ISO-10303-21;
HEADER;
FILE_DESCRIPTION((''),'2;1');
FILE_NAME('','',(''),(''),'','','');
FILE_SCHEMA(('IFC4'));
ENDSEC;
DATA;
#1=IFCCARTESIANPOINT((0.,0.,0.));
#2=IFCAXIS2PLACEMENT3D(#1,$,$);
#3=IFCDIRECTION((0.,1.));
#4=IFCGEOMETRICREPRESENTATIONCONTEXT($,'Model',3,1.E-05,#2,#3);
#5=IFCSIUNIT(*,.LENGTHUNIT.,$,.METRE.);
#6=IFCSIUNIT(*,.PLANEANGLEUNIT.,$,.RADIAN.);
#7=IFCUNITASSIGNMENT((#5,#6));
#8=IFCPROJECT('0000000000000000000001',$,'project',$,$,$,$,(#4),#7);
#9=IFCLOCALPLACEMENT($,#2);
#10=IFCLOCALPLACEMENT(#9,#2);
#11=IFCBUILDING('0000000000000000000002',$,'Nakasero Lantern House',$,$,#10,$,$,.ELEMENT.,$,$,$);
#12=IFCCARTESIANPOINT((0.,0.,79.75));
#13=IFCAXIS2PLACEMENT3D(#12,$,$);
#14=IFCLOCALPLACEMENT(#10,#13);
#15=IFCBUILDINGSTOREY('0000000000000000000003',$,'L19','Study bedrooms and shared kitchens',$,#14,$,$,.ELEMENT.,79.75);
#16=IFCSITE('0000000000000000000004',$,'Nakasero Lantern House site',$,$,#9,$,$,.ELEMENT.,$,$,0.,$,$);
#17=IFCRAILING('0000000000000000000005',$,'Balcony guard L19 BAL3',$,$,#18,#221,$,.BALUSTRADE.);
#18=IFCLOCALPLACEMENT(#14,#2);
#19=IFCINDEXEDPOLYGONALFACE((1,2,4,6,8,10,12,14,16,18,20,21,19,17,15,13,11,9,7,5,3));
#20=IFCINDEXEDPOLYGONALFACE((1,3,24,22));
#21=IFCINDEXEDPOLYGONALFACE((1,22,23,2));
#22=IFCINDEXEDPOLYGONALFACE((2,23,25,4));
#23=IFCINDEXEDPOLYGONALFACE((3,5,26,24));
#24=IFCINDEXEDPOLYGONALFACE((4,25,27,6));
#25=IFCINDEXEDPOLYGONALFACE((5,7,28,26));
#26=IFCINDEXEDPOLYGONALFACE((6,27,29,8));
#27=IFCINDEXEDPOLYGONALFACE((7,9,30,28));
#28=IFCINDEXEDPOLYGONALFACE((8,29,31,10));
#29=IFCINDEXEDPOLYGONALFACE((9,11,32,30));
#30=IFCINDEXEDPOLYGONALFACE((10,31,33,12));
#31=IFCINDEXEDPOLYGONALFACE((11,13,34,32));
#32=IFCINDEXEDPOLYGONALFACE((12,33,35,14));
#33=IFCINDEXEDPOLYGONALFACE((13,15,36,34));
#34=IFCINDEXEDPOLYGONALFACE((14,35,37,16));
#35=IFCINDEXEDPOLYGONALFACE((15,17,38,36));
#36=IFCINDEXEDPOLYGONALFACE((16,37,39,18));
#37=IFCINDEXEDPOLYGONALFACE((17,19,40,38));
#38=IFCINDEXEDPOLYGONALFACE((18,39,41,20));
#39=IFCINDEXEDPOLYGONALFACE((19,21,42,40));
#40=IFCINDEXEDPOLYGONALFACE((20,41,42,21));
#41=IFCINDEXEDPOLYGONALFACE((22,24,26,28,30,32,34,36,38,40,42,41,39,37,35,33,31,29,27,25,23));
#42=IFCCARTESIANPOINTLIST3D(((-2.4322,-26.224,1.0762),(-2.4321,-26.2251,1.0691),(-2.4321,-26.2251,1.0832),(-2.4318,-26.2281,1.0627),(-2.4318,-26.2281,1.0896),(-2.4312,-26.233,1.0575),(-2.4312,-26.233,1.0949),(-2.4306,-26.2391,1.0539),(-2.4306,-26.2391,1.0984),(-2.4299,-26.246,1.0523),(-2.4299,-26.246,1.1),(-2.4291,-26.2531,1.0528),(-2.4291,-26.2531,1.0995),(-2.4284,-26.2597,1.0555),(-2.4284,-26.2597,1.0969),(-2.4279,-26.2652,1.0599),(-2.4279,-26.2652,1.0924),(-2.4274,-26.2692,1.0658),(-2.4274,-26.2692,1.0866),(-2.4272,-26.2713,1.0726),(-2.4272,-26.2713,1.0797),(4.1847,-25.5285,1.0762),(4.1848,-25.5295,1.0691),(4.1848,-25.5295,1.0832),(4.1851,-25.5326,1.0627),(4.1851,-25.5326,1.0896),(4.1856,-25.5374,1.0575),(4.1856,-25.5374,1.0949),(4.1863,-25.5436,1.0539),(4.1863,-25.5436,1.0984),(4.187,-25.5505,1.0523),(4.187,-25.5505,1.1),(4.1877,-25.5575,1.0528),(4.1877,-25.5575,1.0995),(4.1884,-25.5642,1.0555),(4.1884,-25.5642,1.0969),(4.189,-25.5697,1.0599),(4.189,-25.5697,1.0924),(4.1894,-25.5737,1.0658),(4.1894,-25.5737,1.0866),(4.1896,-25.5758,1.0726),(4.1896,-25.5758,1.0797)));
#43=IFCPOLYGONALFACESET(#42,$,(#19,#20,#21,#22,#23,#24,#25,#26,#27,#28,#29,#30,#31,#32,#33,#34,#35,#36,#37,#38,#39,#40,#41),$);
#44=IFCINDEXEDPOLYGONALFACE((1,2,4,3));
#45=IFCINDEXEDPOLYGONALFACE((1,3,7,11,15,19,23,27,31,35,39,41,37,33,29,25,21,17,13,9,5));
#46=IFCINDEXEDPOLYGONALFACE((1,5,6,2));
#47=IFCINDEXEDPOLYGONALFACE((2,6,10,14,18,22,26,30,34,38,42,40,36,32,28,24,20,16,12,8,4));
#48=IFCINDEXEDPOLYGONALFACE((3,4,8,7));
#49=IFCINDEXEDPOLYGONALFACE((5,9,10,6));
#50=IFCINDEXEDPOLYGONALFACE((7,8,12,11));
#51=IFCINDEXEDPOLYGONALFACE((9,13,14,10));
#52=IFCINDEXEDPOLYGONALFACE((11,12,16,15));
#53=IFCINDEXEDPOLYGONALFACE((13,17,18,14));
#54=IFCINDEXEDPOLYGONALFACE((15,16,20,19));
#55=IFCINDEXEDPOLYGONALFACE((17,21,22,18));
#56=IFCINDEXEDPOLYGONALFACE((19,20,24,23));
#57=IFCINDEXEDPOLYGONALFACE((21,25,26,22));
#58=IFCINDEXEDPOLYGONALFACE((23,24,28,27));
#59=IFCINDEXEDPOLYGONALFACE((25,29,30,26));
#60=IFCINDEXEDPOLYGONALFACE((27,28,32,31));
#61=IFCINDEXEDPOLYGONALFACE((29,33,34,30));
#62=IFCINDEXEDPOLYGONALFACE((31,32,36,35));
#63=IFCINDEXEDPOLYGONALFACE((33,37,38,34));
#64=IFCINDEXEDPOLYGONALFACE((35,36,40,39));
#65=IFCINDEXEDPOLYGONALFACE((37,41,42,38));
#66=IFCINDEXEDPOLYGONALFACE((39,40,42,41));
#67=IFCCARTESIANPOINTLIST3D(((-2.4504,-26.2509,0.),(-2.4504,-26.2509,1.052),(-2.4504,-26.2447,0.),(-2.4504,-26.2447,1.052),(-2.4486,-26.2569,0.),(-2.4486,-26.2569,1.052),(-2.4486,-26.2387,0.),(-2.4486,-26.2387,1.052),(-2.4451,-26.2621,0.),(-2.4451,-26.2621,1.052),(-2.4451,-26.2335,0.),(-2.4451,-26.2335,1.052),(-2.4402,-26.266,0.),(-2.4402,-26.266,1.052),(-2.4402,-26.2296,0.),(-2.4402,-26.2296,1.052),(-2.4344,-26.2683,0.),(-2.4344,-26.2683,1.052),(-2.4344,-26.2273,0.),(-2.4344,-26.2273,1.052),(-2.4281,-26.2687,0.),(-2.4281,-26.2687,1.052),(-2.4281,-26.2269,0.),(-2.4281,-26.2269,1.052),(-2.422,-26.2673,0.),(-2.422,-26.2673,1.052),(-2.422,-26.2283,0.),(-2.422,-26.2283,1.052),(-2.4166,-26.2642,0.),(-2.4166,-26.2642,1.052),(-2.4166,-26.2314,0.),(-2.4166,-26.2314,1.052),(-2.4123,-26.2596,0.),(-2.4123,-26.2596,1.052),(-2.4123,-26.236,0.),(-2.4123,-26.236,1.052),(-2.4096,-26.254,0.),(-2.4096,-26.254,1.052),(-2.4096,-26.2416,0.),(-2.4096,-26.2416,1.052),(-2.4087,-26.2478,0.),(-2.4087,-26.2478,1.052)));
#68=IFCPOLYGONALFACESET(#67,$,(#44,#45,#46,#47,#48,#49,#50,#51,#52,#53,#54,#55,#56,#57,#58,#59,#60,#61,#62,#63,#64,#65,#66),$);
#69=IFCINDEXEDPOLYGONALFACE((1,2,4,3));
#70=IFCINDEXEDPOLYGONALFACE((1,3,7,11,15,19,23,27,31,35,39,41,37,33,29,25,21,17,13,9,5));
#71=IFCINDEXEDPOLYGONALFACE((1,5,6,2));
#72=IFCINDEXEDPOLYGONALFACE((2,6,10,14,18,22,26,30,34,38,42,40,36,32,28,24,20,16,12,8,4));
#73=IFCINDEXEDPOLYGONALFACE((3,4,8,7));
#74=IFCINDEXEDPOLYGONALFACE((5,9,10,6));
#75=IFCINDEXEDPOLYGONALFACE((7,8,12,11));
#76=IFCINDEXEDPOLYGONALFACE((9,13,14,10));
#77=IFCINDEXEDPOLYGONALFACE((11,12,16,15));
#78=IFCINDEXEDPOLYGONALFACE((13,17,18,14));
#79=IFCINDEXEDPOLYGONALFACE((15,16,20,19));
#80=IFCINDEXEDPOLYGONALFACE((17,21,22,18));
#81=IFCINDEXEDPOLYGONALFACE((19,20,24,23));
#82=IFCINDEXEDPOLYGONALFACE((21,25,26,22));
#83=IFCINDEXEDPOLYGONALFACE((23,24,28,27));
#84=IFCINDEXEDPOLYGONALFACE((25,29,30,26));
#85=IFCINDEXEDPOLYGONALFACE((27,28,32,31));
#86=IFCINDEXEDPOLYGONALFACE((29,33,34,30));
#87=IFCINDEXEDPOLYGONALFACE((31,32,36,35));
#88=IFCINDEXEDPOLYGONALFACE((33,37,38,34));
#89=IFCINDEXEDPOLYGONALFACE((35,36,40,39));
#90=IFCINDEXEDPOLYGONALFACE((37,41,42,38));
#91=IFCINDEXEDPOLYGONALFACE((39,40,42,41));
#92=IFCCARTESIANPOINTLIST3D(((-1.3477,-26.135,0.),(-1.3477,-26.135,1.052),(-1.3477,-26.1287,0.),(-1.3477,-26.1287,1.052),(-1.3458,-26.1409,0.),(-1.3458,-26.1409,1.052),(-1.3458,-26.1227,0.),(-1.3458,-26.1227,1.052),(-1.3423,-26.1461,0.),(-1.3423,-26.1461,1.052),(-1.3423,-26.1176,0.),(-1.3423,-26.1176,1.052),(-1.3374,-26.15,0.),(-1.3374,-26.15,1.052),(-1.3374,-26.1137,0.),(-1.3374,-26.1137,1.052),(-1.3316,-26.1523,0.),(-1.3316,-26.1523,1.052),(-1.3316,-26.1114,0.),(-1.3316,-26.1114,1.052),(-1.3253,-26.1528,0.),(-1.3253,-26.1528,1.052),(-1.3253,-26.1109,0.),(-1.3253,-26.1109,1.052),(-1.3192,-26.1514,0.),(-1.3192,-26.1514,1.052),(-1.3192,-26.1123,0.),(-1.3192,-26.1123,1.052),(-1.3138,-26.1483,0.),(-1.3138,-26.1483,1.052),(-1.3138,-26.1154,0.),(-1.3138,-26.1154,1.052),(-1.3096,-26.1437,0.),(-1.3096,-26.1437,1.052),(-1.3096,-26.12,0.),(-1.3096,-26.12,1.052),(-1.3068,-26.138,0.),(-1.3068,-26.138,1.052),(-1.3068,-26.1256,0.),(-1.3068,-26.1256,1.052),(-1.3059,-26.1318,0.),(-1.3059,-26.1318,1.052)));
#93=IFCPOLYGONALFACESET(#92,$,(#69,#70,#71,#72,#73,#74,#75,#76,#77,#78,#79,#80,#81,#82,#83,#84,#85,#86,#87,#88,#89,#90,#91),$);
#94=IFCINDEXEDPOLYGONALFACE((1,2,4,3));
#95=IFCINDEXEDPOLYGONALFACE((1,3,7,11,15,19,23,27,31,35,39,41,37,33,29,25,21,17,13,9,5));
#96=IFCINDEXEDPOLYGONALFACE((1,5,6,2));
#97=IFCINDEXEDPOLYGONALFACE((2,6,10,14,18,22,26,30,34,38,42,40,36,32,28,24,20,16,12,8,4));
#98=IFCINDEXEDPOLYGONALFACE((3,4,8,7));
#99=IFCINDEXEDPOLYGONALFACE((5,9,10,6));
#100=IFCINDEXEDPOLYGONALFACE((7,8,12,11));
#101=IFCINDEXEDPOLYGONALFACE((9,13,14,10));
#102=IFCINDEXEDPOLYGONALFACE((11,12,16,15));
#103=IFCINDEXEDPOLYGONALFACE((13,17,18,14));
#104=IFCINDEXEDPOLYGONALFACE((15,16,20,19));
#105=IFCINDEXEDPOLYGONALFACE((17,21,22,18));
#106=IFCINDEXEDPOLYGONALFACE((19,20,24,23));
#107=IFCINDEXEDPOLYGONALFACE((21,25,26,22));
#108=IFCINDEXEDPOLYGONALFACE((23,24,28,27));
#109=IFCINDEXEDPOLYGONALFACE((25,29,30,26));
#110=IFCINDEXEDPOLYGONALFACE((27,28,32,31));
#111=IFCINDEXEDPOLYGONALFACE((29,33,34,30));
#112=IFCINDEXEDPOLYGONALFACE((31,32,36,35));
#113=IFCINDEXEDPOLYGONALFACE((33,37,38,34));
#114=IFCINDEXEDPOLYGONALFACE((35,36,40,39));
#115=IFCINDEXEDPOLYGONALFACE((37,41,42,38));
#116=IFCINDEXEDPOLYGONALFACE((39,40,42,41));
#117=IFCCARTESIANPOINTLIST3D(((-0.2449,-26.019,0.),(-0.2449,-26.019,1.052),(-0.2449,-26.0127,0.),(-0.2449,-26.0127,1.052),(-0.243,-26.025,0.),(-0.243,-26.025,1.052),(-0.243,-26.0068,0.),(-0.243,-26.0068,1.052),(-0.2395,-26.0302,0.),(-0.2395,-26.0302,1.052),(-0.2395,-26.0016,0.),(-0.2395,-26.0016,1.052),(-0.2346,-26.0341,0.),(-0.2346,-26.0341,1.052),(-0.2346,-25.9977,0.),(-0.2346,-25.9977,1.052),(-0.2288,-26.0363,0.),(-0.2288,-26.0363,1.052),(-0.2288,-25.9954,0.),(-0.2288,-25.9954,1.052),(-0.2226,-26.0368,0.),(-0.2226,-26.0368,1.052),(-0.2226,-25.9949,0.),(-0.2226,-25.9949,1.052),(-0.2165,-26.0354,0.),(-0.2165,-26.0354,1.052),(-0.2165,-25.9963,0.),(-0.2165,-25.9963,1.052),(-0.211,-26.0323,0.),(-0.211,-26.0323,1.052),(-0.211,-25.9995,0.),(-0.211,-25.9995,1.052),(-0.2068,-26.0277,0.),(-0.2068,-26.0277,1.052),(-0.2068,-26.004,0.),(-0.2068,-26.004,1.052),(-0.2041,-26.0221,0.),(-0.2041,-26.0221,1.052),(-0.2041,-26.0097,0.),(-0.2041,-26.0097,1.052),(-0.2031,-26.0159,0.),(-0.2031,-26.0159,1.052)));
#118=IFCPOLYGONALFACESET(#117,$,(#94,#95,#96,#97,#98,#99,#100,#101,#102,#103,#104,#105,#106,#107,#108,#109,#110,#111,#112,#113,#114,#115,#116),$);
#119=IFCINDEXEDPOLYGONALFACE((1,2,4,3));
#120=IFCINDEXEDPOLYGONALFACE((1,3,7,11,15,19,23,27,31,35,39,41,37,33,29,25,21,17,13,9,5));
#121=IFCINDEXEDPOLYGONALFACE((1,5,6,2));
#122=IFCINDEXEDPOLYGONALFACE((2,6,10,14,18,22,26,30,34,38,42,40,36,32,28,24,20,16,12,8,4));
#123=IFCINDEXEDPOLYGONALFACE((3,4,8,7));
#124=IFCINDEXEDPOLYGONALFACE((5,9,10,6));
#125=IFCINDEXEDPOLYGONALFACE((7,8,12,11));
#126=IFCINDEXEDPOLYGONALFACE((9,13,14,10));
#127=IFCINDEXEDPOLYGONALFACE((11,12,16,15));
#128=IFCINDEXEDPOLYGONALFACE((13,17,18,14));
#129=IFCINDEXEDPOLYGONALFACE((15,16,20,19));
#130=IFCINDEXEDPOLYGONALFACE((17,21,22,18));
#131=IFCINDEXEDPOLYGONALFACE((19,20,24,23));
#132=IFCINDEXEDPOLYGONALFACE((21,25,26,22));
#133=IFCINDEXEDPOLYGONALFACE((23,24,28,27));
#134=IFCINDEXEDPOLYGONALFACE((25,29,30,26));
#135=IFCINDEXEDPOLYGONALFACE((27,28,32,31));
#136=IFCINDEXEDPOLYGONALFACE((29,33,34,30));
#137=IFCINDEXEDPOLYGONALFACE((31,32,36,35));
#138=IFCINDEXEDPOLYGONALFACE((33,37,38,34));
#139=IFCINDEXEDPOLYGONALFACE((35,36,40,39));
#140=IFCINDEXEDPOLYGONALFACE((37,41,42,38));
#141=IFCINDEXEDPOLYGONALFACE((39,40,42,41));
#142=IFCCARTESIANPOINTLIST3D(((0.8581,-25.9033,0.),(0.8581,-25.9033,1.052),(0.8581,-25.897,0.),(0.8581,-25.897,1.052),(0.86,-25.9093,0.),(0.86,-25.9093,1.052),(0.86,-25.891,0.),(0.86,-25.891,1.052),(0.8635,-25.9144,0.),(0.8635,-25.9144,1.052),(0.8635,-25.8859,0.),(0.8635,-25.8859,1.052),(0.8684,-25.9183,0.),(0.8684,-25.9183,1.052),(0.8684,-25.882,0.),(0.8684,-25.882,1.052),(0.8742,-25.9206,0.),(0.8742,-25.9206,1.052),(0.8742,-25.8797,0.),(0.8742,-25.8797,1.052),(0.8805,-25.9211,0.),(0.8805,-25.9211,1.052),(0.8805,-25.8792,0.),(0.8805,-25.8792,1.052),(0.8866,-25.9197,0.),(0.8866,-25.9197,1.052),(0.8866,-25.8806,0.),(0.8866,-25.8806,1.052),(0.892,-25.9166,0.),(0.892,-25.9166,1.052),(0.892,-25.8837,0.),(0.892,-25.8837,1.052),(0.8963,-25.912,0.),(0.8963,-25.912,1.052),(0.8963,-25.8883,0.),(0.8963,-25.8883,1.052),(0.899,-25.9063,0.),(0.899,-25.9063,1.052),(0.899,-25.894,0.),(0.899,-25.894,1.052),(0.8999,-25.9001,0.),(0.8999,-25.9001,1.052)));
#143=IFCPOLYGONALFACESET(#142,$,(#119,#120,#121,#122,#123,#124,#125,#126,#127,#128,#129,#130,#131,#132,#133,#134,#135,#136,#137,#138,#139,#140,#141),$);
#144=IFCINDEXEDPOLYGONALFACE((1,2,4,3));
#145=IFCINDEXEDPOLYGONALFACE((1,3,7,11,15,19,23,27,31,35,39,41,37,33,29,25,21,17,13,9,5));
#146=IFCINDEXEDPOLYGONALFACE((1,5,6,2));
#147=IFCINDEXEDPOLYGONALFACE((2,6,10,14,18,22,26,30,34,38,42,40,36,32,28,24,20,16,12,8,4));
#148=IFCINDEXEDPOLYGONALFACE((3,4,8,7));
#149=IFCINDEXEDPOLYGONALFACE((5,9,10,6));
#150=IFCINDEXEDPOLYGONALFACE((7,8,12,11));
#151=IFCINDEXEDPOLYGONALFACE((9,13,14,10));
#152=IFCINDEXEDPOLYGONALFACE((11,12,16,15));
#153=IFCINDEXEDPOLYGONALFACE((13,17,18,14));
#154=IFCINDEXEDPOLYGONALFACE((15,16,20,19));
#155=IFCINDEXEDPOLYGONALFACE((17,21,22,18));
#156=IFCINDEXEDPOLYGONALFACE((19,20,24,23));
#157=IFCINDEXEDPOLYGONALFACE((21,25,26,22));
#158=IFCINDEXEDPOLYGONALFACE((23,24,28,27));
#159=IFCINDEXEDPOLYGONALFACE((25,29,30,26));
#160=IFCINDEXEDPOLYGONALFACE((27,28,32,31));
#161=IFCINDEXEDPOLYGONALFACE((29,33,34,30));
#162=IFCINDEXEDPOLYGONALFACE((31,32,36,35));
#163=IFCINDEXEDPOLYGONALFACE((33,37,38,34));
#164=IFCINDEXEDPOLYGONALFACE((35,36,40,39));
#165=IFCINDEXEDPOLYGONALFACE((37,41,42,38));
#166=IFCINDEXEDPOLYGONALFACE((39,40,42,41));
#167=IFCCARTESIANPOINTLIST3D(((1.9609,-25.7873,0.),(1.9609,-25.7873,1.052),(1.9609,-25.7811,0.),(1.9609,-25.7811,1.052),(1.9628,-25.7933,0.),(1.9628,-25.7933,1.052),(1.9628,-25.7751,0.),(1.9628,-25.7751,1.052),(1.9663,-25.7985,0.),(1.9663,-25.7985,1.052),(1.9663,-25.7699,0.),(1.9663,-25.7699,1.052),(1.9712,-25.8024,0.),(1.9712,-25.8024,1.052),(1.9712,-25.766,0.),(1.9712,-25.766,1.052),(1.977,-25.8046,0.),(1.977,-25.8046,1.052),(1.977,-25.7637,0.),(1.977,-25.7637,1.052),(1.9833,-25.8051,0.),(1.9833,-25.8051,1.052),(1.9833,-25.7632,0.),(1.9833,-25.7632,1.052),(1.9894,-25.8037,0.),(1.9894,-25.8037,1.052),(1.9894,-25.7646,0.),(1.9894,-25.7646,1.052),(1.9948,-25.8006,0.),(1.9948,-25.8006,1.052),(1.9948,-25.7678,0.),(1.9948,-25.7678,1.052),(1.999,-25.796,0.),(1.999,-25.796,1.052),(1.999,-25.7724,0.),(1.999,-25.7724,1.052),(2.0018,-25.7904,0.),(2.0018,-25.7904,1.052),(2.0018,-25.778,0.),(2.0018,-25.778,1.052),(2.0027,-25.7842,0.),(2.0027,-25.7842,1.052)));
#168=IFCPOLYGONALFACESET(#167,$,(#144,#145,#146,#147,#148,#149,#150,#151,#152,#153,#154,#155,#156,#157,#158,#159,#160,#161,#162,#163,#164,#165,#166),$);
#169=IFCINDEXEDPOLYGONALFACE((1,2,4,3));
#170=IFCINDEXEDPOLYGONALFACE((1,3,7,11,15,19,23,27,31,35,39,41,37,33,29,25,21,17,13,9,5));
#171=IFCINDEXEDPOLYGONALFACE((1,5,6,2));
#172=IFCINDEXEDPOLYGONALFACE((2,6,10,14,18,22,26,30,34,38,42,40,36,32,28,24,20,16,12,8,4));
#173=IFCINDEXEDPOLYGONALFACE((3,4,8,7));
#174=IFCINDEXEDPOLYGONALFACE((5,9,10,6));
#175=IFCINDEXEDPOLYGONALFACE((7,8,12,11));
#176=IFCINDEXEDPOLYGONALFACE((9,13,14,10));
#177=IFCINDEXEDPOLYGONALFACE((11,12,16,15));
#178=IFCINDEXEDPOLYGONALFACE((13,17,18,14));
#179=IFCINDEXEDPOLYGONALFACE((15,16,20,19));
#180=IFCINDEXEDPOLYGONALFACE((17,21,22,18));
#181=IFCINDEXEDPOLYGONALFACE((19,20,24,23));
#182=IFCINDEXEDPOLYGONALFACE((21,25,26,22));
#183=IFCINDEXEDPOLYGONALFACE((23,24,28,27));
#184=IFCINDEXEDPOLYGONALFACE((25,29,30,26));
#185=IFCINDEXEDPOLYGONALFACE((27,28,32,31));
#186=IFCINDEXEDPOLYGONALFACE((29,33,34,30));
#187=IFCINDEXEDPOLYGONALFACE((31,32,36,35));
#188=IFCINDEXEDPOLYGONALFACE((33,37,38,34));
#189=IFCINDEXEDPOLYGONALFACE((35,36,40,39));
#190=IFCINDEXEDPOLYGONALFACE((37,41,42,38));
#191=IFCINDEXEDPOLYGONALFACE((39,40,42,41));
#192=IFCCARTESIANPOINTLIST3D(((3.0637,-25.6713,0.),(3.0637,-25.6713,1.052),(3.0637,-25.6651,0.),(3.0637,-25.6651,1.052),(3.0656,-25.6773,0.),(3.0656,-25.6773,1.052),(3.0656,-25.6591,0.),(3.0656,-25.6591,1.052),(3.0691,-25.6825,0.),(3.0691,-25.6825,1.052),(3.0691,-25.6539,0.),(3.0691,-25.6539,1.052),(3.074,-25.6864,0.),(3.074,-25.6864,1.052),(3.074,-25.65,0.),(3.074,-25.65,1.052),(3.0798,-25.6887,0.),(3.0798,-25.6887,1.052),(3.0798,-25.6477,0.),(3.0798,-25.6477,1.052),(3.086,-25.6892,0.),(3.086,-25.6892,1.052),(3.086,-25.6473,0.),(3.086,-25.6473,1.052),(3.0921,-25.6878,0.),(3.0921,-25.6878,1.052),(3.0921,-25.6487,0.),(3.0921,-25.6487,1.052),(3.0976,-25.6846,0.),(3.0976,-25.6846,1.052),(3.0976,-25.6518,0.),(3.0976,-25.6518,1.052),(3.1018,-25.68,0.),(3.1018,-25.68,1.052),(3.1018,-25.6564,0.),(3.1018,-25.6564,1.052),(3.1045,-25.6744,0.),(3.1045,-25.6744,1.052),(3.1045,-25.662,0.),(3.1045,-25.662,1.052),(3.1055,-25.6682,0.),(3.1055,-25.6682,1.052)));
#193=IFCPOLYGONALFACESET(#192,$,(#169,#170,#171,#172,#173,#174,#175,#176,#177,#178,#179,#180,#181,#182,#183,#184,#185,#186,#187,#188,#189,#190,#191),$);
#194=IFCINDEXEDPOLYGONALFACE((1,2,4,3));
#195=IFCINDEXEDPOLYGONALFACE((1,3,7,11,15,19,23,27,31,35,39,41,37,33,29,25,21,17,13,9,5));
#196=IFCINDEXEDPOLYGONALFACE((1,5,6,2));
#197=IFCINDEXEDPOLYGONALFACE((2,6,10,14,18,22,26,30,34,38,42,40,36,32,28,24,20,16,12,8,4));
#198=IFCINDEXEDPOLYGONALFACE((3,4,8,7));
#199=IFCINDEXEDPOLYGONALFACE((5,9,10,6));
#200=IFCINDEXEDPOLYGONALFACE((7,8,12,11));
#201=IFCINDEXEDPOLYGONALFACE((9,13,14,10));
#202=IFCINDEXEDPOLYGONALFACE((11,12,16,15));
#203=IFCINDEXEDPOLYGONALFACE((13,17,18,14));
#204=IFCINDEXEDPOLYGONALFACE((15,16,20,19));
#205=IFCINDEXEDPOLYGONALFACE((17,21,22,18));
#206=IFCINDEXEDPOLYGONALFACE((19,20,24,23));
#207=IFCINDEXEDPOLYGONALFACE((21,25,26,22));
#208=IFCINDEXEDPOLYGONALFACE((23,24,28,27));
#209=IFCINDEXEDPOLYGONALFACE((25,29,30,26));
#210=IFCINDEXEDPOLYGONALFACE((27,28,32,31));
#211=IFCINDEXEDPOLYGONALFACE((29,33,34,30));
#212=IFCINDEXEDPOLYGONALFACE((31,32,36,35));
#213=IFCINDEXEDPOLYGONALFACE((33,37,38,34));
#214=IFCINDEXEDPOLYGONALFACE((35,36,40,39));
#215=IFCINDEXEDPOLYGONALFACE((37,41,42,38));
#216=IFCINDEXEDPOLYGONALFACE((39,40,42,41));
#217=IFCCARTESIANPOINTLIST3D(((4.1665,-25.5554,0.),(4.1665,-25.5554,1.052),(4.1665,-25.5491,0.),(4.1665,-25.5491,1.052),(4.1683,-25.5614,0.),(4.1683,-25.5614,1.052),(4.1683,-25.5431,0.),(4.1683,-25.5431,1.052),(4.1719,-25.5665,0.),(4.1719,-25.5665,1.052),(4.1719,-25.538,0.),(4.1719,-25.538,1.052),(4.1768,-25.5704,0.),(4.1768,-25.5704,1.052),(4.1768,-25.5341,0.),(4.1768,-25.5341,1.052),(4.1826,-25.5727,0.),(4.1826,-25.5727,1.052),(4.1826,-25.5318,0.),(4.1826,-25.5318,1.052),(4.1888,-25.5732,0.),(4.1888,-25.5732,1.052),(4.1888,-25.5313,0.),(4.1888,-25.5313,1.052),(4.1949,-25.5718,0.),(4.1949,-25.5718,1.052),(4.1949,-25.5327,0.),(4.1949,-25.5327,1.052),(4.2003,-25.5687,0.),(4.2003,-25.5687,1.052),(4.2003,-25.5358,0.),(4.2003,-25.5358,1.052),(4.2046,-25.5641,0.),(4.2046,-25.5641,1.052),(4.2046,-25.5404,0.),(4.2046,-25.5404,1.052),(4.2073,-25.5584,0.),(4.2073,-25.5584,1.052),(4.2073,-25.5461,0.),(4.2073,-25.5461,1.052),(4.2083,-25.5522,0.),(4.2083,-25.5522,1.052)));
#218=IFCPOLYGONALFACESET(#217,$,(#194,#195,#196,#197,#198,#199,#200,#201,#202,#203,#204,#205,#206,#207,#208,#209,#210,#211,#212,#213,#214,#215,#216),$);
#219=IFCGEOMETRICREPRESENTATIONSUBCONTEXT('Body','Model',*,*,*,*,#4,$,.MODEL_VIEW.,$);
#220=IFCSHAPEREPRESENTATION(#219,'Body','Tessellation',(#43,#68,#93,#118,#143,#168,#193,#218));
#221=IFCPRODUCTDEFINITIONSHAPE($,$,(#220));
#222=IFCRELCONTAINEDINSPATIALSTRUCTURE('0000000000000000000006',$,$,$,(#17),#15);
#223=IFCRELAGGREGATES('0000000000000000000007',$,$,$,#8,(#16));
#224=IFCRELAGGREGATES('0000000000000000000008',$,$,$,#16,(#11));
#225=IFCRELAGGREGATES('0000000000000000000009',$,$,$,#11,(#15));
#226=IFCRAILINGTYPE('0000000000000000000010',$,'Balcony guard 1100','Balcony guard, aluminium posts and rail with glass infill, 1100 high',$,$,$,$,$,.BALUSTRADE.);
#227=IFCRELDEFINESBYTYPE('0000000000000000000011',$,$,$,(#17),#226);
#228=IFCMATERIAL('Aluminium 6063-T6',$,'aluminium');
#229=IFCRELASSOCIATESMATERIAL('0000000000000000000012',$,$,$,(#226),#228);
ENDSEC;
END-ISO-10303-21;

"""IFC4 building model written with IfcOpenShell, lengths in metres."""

from ifc_helpers import new_model, si_unit, direction, frame, origin, origin_2d, place, context, subcontext, project, spatial, circle, extrude, material, type_object, element, save


model = new_model("IFC4")

# Units and contexts
model_context = context("Model", 3, precision=1e-05, world=origin(), true_north=direction((0.0, 1.0)))
body_context = subcontext(model_context, "Body", "Model", "MODEL_VIEW")
ifc_project = project(units=[si_unit("LENGTHUNIT", "METRE"), si_unit("PLANEANGLEUNIT", "RADIAN")], contexts=[model_context])

# Site, building, storey
site_placement = place(None, origin())
site = spatial("IfcSite", under=ifc_project, at=site_placement, Name="Nakasero Lantern House site", CompositionType="ELEMENT", RefElevation=0.0)
building_placement = place(site_placement, origin())
building = spatial("IfcBuilding", under=site, at=building_placement, Name="Nakasero Lantern House", CompositionType="ELEMENT")
storey_placement = place(building_placement, frame((0.0, 0.0, 79.75)))
storey = spatial("IfcBuildingStorey", under=building, at=storey_placement, Name="L19", Description="Study bedrooms and shared kitchens", CompositionType="ELEMENT", Elevation=79.75)

# Railing
ifc_material_1 = material(Name="Aluminium 6063-T6", Category="aluminium")
railing_type = type_object("IfcRailingType", Name="Balcony guard 1100", Description="Balcony guard, aluminium posts and rail with glass infill, 1100 high", PredefinedType="BALUSTRADE", material=ifc_material_1)
railing_placement = place(storey_placement, frame((-2.4297, -26.2478, 0.0)))
element("IfcRailing", 1, at=railing_placement, inside=storey, type_object=railing_type, Name="Balcony guard L19 BAL3", PredefinedType="BALUSTRADE", context=body_context, shape_type="SweptSolid", body=[
    extrude(circle(Radius=0.0239, at=origin_2d()), frame((0.0, 0.0, 1.0762), z_axis=(0.994521, 0.104542, 0.0), x_axis=(-0.104542, 0.994521, 0.0)), (0.0, 0.0, 1.0), 6.6533),
    extrude(circle(Radius=0.021, at=origin_2d()), origin(), (0.0, 0.0, 1.0), 1.052),
    extrude(circle(Radius=0.021, at=origin_2d()), frame((1.1028, 0.116, 0.0)), (0.0, 0.0, 1.0), 1.052),
    extrude(circle(Radius=0.021, at=origin_2d()), frame((2.2056, 0.2319, 0.0)), (0.0, 0.0, 1.0), 1.052),
    extrude(circle(Radius=0.021, at=origin_2d()), frame((3.3086, 0.3477, 0.0)), (0.0, 0.0, 1.0), 1.052),
    extrude(circle(Radius=0.021, at=origin_2d()), frame((4.4114, 0.4636, 0.0)), (0.0, 0.0, 1.0), 1.052),
    extrude(circle(Radius=0.021, at=origin_2d()), frame((5.5142, 0.5796, 0.0)), (0.0, 0.0, 1.0), 1.052),
    extrude(circle(Radius=0.021, at=origin_2d()), frame((6.6169, 0.6956, 0.0)), (0.0, 0.0, 1.0), 1.052),
])

save(model, "model.ifc")
